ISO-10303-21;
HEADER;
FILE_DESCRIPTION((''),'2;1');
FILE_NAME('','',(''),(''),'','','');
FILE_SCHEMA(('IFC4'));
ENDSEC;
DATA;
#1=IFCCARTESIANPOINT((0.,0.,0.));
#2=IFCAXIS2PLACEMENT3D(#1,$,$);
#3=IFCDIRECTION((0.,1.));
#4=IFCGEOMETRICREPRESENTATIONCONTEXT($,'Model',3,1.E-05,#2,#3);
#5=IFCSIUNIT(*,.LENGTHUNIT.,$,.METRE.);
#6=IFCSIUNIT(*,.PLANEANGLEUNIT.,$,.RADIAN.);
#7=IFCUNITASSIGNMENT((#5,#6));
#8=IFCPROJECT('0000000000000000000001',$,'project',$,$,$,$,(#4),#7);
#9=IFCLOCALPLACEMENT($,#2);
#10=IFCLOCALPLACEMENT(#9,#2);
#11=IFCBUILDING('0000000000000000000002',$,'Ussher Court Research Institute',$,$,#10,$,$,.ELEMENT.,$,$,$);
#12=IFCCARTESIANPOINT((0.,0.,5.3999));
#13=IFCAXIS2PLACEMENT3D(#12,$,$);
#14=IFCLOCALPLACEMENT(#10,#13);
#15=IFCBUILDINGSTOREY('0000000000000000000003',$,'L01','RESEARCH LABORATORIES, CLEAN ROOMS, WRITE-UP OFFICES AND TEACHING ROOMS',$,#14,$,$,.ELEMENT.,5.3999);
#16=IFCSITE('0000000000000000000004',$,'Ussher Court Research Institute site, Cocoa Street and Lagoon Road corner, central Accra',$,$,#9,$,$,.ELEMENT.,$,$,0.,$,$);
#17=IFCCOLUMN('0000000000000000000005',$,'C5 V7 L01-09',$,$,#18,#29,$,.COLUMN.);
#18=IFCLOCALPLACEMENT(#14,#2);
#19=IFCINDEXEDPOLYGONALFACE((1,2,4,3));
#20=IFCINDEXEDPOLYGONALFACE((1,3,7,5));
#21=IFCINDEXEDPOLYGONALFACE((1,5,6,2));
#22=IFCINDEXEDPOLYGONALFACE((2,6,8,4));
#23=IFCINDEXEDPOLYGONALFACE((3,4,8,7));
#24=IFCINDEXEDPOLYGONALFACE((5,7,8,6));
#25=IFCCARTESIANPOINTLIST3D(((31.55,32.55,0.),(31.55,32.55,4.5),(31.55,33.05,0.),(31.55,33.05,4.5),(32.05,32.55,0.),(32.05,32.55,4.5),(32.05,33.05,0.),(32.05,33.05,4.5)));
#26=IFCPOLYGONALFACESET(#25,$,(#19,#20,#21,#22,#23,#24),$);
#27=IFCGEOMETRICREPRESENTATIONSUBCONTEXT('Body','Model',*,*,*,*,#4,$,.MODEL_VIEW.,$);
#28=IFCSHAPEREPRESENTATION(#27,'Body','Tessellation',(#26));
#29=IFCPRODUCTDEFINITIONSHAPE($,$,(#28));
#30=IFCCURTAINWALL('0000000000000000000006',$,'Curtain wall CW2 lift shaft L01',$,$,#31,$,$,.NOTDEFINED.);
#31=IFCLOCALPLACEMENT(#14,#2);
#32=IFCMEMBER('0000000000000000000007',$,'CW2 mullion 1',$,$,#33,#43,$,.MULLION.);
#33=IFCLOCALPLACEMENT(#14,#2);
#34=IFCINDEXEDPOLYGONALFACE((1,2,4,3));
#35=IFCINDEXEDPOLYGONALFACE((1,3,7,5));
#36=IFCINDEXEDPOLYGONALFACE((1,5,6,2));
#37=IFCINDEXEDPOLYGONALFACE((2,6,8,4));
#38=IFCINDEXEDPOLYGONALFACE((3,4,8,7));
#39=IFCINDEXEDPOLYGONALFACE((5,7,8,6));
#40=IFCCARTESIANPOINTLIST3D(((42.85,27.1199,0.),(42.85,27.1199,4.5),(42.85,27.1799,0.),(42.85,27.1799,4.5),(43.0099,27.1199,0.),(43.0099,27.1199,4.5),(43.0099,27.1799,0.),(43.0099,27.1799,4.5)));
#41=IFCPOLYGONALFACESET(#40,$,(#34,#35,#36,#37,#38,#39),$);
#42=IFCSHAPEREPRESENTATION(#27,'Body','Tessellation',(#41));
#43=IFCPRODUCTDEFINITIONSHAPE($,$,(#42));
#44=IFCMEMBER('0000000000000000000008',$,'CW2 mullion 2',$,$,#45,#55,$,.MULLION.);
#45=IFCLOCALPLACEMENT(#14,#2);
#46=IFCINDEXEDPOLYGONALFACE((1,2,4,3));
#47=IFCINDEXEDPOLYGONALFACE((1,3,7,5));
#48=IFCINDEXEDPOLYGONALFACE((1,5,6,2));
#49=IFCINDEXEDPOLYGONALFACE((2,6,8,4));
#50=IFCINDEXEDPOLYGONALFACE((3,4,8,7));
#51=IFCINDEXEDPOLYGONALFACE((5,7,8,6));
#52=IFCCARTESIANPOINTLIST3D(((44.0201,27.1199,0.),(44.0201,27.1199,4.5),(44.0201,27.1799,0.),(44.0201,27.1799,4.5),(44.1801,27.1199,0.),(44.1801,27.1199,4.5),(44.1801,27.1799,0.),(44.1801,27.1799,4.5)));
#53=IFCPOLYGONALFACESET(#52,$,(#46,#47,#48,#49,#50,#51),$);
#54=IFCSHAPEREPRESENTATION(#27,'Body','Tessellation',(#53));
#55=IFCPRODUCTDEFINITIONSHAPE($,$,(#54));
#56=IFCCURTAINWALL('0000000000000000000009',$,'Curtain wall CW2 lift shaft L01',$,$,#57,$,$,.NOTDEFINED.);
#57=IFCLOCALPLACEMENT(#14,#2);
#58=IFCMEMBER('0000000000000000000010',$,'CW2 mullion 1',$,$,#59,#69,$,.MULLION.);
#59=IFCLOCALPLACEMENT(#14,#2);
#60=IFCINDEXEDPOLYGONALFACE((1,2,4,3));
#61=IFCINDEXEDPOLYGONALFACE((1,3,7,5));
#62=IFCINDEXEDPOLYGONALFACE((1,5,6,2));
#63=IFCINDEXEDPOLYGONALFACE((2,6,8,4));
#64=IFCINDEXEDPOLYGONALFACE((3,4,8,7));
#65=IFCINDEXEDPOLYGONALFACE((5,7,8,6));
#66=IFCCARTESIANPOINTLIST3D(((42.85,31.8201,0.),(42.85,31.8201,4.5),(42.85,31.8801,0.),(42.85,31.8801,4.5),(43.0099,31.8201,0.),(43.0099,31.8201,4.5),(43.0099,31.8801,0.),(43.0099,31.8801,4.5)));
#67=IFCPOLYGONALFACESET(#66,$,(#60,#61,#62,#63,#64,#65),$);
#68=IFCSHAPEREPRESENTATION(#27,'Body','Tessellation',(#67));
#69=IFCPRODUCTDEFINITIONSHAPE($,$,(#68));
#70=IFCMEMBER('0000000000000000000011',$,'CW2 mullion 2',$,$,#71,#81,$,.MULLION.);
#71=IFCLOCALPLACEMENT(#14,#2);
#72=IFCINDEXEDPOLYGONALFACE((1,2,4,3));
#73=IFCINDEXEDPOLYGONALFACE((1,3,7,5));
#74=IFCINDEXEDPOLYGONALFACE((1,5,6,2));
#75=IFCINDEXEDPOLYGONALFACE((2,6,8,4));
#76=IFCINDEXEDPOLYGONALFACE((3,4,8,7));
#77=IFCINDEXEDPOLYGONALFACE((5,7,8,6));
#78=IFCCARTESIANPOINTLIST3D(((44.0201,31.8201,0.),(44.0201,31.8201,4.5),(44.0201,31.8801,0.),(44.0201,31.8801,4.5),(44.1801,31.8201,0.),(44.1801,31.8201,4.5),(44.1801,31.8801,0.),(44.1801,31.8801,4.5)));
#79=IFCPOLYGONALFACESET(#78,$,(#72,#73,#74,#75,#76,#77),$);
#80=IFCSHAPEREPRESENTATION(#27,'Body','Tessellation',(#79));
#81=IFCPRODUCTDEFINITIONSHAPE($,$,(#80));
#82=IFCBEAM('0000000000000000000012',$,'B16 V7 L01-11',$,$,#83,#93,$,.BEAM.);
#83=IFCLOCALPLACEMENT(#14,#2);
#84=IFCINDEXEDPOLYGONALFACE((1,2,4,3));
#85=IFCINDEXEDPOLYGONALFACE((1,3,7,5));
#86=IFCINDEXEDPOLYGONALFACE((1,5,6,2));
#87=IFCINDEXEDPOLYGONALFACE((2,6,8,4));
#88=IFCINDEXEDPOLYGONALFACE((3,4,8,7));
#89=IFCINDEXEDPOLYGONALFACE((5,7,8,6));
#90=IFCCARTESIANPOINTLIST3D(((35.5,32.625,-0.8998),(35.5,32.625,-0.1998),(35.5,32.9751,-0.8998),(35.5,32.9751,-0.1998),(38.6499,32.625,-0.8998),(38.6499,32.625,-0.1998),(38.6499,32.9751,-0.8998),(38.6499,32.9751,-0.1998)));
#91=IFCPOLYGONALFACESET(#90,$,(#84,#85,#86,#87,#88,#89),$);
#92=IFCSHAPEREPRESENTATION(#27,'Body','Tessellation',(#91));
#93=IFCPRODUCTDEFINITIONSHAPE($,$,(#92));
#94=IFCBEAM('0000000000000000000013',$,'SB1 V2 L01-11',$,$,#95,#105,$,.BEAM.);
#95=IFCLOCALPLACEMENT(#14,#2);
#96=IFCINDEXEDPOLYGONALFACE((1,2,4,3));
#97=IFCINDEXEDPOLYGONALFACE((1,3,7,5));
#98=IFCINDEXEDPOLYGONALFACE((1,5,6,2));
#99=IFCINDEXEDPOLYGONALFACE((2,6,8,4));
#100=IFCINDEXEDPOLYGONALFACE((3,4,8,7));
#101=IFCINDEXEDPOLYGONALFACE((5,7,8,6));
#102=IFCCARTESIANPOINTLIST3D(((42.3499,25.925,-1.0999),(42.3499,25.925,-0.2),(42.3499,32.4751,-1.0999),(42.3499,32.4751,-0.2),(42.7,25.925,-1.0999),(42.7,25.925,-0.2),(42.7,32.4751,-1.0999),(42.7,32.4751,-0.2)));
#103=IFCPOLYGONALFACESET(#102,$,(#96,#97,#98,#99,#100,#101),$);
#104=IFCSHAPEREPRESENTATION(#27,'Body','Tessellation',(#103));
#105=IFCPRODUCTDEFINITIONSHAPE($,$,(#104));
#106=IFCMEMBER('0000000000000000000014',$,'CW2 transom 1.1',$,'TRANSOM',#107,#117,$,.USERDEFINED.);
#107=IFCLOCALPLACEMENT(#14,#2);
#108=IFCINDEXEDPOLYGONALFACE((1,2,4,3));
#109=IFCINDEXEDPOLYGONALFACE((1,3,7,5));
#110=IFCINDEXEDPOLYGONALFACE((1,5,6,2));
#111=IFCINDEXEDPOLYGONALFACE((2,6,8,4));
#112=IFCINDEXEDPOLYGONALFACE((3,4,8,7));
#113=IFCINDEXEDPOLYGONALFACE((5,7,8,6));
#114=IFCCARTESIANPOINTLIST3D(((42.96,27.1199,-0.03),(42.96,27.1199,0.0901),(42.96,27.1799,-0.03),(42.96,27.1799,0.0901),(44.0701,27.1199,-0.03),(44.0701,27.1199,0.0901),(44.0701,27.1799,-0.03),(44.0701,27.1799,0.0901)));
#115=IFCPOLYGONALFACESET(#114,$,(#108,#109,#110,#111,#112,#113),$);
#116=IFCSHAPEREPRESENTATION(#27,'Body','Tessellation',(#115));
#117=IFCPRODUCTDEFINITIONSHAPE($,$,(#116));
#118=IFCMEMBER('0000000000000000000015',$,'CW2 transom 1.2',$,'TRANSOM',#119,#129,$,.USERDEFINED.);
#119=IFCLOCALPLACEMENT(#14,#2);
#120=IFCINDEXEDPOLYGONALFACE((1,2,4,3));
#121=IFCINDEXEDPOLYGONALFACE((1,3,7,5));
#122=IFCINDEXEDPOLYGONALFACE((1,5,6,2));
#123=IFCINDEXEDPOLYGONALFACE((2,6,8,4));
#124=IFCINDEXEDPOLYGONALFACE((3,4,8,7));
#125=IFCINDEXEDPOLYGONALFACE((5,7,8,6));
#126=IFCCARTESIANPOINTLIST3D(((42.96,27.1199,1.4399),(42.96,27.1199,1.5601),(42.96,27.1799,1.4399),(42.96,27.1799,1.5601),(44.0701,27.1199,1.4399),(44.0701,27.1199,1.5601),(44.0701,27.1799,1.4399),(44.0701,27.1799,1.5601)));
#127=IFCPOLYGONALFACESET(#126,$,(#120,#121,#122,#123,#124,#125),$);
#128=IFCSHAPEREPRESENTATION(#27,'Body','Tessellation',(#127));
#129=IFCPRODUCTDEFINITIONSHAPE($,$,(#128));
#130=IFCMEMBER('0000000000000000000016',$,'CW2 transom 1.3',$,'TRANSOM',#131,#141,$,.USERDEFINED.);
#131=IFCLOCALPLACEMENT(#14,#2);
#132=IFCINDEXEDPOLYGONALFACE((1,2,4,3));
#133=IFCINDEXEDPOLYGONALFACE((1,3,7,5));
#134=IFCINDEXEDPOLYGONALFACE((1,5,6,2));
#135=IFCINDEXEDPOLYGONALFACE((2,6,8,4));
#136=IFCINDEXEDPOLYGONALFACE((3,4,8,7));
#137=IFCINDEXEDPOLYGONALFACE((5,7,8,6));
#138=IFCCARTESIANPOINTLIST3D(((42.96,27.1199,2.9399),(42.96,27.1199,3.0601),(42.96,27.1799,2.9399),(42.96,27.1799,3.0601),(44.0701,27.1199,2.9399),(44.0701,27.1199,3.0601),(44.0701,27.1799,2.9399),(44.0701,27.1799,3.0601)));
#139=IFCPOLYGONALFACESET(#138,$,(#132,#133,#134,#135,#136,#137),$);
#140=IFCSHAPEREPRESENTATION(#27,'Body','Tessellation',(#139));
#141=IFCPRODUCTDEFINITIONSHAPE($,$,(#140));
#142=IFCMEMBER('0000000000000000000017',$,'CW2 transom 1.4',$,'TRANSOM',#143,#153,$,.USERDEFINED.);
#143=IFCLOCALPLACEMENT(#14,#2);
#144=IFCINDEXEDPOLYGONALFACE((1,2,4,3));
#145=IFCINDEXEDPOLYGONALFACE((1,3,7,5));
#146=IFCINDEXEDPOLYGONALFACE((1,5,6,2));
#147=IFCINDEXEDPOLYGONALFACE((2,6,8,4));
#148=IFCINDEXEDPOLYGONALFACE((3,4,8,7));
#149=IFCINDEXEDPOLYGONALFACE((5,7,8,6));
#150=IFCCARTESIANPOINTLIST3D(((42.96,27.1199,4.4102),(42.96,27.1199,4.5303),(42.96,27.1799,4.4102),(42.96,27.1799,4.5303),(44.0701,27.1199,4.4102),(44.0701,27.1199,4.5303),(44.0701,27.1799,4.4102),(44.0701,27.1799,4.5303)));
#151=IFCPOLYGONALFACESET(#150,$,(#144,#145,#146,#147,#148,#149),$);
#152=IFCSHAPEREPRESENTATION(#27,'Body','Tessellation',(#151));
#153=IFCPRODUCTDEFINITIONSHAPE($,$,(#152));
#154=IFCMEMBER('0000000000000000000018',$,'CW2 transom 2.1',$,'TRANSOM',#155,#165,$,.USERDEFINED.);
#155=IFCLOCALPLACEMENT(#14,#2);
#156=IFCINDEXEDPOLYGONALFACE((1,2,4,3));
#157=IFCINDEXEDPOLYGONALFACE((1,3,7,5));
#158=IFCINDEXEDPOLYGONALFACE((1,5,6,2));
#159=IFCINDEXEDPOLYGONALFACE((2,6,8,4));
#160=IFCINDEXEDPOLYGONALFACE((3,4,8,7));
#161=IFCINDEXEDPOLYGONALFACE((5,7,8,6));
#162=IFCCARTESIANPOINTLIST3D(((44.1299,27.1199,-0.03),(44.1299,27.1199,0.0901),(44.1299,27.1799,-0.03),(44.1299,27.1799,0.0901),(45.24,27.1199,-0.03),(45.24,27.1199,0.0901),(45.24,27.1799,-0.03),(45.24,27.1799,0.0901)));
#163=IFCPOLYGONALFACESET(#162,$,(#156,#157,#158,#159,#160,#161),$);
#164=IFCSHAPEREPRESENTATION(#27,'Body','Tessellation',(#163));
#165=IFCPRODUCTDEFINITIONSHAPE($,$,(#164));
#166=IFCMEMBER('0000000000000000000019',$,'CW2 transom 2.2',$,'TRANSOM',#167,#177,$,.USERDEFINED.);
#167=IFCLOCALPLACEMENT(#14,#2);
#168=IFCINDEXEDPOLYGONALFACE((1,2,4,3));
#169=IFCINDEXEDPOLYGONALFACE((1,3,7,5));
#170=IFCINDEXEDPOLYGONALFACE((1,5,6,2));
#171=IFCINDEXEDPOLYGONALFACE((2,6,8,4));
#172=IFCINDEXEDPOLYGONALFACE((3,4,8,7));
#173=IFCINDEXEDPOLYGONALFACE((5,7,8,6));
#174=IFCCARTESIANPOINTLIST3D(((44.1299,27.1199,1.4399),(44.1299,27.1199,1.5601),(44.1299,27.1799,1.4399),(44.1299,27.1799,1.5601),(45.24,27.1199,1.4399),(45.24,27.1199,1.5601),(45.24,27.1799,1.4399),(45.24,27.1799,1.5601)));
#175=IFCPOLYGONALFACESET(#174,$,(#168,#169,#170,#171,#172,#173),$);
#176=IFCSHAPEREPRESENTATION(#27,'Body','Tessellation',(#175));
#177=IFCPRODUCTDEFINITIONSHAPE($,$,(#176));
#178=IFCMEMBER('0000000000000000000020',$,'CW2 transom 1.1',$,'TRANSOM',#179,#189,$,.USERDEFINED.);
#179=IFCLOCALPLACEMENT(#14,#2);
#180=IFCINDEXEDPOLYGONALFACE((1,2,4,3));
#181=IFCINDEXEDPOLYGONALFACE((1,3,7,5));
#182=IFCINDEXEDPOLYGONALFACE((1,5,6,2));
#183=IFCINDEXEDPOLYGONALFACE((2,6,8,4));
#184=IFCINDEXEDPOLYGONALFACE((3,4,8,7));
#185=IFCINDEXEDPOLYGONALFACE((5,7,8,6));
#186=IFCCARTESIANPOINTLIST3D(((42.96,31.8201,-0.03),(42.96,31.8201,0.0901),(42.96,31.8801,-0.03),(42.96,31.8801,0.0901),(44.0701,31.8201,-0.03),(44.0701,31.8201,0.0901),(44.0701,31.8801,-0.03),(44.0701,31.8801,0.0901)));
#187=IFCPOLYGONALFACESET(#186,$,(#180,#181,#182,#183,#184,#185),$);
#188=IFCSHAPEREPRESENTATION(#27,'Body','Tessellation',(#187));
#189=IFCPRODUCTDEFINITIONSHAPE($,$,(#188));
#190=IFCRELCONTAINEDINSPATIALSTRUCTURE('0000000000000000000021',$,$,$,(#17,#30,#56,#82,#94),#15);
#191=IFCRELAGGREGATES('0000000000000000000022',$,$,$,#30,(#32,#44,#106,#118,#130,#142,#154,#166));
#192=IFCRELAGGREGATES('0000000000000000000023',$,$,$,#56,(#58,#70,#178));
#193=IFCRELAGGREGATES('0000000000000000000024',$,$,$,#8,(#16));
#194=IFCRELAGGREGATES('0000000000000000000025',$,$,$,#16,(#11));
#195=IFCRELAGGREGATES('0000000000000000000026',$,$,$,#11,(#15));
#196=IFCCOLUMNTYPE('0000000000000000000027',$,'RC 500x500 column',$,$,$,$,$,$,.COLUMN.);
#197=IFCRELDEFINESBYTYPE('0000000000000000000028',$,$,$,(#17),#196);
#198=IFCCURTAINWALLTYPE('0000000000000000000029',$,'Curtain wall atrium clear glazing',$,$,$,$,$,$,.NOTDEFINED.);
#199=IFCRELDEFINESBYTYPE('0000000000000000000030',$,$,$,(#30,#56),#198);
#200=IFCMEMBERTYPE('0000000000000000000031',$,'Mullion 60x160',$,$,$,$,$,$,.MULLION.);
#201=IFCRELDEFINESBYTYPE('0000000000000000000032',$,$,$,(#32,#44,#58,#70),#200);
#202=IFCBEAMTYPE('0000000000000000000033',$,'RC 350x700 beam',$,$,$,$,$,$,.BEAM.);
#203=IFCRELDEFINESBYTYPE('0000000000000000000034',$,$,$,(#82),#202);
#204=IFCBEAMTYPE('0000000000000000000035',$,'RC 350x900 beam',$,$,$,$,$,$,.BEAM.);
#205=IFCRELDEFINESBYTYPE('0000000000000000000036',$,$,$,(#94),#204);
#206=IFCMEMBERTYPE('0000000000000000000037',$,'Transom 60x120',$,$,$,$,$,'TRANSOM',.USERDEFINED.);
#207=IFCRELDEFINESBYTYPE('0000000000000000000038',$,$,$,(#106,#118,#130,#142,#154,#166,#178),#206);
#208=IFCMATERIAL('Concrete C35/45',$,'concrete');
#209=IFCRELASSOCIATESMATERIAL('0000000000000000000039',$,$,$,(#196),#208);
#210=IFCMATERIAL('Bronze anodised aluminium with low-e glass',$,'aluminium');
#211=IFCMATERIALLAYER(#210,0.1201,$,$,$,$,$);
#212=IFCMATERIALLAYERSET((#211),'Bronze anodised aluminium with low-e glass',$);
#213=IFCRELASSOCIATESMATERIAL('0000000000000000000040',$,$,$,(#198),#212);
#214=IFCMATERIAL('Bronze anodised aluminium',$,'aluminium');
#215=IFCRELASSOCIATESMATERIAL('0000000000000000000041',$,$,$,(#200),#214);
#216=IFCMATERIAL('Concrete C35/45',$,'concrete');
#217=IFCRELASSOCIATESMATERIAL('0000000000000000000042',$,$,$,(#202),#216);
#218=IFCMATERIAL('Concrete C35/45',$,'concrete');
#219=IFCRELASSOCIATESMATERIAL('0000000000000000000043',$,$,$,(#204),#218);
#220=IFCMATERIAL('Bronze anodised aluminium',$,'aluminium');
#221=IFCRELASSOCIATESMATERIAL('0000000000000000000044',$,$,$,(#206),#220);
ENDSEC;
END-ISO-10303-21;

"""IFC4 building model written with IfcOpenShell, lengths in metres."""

from ifc_helpers import new_model, si_unit, direction, frame, origin, origin_2d, place, context, subcontext, project, spatial, rectangle, extrude, material, layer, layer_set, material_profile, profile_set, type_object, element, aggregate, save


model = new_model("IFC4")

# Units and contexts
model_context = context("Model", 3, precision=1e-05, world=origin(), true_north=direction((0.0, 1.0)))
body_context = subcontext(model_context, "Body", "Model", "MODEL_VIEW")
ifc_project = project(units=[si_unit("LENGTHUNIT", "METRE"), si_unit("PLANEANGLEUNIT", "RADIAN")], contexts=[model_context])

# Site, building, storey
site_placement = place(None, origin())
site = spatial("IfcSite", under=ifc_project, at=site_placement, Name="Ussher Court Research Institute site, Cocoa Street and Lagoon Road corner, central Accra", CompositionType="ELEMENT", RefElevation=0.0)
building_placement = place(site_placement, origin())
building = spatial("IfcBuilding", under=site, at=building_placement, Name="Ussher Court Research Institute", CompositionType="ELEMENT")
storey_placement = place(building_placement, frame((0.0, 0.0, 5.3999)))
storey = spatial("IfcBuildingStorey", under=building, at=storey_placement, Name="L01", Description="RESEARCH LABORATORIES, CLEAN ROOMS, WRITE-UP OFFICES AND TEACHING ROOMS", CompositionType="ELEMENT", Elevation=5.3999)

# Column
ifc_material_1 = material(Name="Concrete C35/45", Category="concrete")
ifc_material_profile_1 = material_profile(ifc_material_1, rectangle(XDim=0.5, YDim=0.5, at=origin_2d()), Name="RC 500x500")
ifc_profile_set_1 = profile_set([ifc_material_profile_1], Name="Concrete C35/45")
column_type = type_object("IfcColumnType", Name="RC 500x500 column", PredefinedType="COLUMN", material=ifc_profile_set_1)
column_placement = place(storey_placement, frame((31.8, 32.8, 0.0), z_axis=(0.0, 0.0, 1.0), x_axis=(1.0, 0.0, 0.0)))
element("IfcColumn", 1, at=column_placement, inside=storey, type_object=column_type, Name="C5 V7 L01-09", PredefinedType="COLUMN", context=body_context, shape_type="SweptSolid", body=[
    extrude(rectangle(XDim=0.5, YDim=0.5, at=origin_2d()), origin(), (0.0, 0.0, 1.0), 4.5),
])

# Curtain walls, members
ifc_material_2 = material(Name="Bronze anodised aluminium with low-e glass", Category="aluminium")
ifc_layer_1 = layer(ifc_material_2, 0.1201)
ifc_layer_set_1 = layer_set([ifc_layer_1], Name="Bronze anodised aluminium with low-e glass")
curtain_wall_type = type_object("IfcCurtainWallType", Name="Curtain wall atrium clear glazing", PredefinedType="NOTDEFINED", material=ifc_layer_set_1)
curtain_wall_1_placement = place(storey_placement, origin())
curtain_wall_1 = element("IfcCurtainWall", 2, at=curtain_wall_1_placement, inside=storey, type_object=curtain_wall_type, Name="Curtain wall CW2 lift shaft L01", PredefinedType="NOTDEFINED")
ifc_material_3 = material(Name="Bronze anodised aluminium", Category="aluminium")
ifc_material_profile_2 = material_profile(ifc_material_3, rectangle(XDim=0.0601, YDim=0.1599, at=origin_2d()), Name="Mullion 60x160")
ifc_profile_set_2 = profile_set([ifc_material_profile_2], Name="Bronze anodised aluminium")
member_type_1 = type_object("IfcMemberType", Name="Mullion 60x160", PredefinedType="MULLION", material=ifc_profile_set_2)
member_1_placement = place(storey_placement, frame((42.9299, 27.1499, 0.0), z_axis=(0.0, 0.0, 1.0), x_axis=(0.0, 1.0, 0.0)))
member_1 = element("IfcMember", 3, at=member_1_placement, type_object=member_type_1, Name="CW2 mullion 1", PredefinedType="MULLION", context=body_context, shape_type="SweptSolid", body=[
    extrude(rectangle(XDim=0.0601, YDim=0.1599, at=origin_2d()), origin(), (0.0, 0.0, 1.0), 4.5),
])
member_2_placement = place(storey_placement, frame((44.1001, 27.1499, 0.0), z_axis=(0.0, 0.0, 1.0), x_axis=(0.0, 1.0, 0.0)))
member_2 = element("IfcMember", 4, at=member_2_placement, type_object=member_type_1, Name="CW2 mullion 2", PredefinedType="MULLION", context=body_context, shape_type="SweptSolid", body=[
    extrude(rectangle(XDim=0.0601, YDim=0.1599, at=origin_2d()), origin(), (0.0, 0.0, 1.0), 4.5),
])
curtain_wall_2_placement = place(storey_placement, origin())
curtain_wall_2 = element("IfcCurtainWall", 5, at=curtain_wall_2_placement, inside=storey, type_object=curtain_wall_type, Name="Curtain wall CW2 lift shaft L01", PredefinedType="NOTDEFINED")
member_3_placement = place(storey_placement, frame((42.9299, 31.8501, 0.0), z_axis=(0.0, 0.0, 1.0), x_axis=(0.0, 1.0, 0.0)))
member_3 = element("IfcMember", 6, at=member_3_placement, type_object=member_type_1, Name="CW2 mullion 1", PredefinedType="MULLION", context=body_context, shape_type="SweptSolid", body=[
    extrude(rectangle(XDim=0.0601, YDim=0.1599, at=origin_2d()), origin(), (0.0, 0.0, 1.0), 4.5),
])
member_4_placement = place(storey_placement, frame((44.1001, 31.8501, 0.0), z_axis=(0.0, 0.0, 1.0), x_axis=(0.0, 1.0, 0.0)))
member_4 = element("IfcMember", 7, at=member_4_placement, type_object=member_type_1, Name="CW2 mullion 2", PredefinedType="MULLION", context=body_context, shape_type="SweptSolid", body=[
    extrude(rectangle(XDim=0.0601, YDim=0.1599, at=origin_2d()), origin(), (0.0, 0.0, 1.0), 4.5),
])

# Beams
ifc_material_4 = material(Name="Concrete C35/45", Category="concrete")
ifc_material_profile_3 = material_profile(ifc_material_4, rectangle(XDim=0.3501, YDim=0.7, at=origin_2d()), Name="RC 350x700")
ifc_profile_set_3 = profile_set([ifc_material_profile_3], Name="Concrete C35/45")
beam_type_1 = type_object("IfcBeamType", Name="RC 350x700 beam", PredefinedType="BEAM", material=ifc_profile_set_3)
beam_1_placement = place(storey_placement, frame((35.5, 32.8, -0.5498), z_axis=(1.0, 0.0, 0.0), x_axis=(0.0, 1.0, 0.0)))
element("IfcBeam", 8, at=beam_1_placement, inside=storey, type_object=beam_type_1, Name="B16 V7 L01-11", PredefinedType="BEAM", context=body_context, shape_type="SweptSolid", body=[
    extrude(rectangle(XDim=0.3501, YDim=0.7, at=origin_2d()), origin(), (0.0, 0.0, 1.0), 3.1499),
])
ifc_material_5 = material(Name="Concrete C35/45", Category="concrete")
ifc_material_profile_4 = material_profile(ifc_material_5, rectangle(XDim=0.3501, YDim=0.8999, at=origin_2d()), Name="RC 350x900")
ifc_profile_set_4 = profile_set([ifc_material_profile_4], Name="Concrete C35/45")
beam_type_2 = type_object("IfcBeamType", Name="RC 350x900 beam", PredefinedType="BEAM", material=ifc_profile_set_4)
beam_2_placement = place(storey_placement, frame((42.5249, 25.925, -0.6499), z_axis=(0.0, 1.0, 0.0), x_axis=(-1.0, 0.0, 0.0)))
element("IfcBeam", 9, at=beam_2_placement, inside=storey, type_object=beam_type_2, Name="SB1 V2 L01-11", PredefinedType="BEAM", context=body_context, shape_type="SweptSolid", body=[
    extrude(rectangle(XDim=0.3501, YDim=0.8999, at=origin_2d()), origin(), (0.0, 0.0, 1.0), 6.55),
])

# Members
ifc_material_6 = material(Name="Bronze anodised aluminium", Category="aluminium")
ifc_material_profile_5 = material_profile(ifc_material_6, rectangle(XDim=0.0601, YDim=0.1201, at=origin_2d()), Name="Transom 60x120")
ifc_profile_set_5 = profile_set([ifc_material_profile_5], Name="Bronze anodised aluminium")
member_type_2 = type_object("IfcMemberType", Name="Transom 60x120", ElementType="TRANSOM", PredefinedType="USERDEFINED", material=ifc_profile_set_5)
member_5_placement = place(storey_placement, frame((42.96, 27.1499, 0.03), z_axis=(1.0, 0.0, 0.0), x_axis=(0.0, 1.0, 0.0)))
member_5 = element("IfcMember", 10, at=member_5_placement, type_object=member_type_2, Name="CW2 transom 1.1", ObjectType="TRANSOM", PredefinedType="USERDEFINED", context=body_context, shape_type="SweptSolid", body=[
    extrude(rectangle(XDim=0.0601, YDim=0.1201, at=origin_2d()), origin(), (0.0, 0.0, 1.0), 1.1101),
])
member_6_placement = place(storey_placement, frame((42.96, 27.1499, 1.5), z_axis=(1.0, 0.0, 0.0), x_axis=(0.0, 1.0, 0.0)))
member_6 = element("IfcMember", 11, at=member_6_placement, type_object=member_type_2, Name="CW2 transom 1.2", ObjectType="TRANSOM", PredefinedType="USERDEFINED", context=body_context, shape_type="SweptSolid", body=[
    extrude(rectangle(XDim=0.0601, YDim=0.1201, at=origin_2d()), origin(), (0.0, 0.0, 1.0), 1.1101),
])
member_7_placement = place(storey_placement, frame((42.96, 27.1499, 3.0), z_axis=(1.0, 0.0, 0.0), x_axis=(0.0, 1.0, 0.0)))
member_7 = element("IfcMember", 12, at=member_7_placement, type_object=member_type_2, Name="CW2 transom 1.3", ObjectType="TRANSOM", PredefinedType="USERDEFINED", context=body_context, shape_type="SweptSolid", body=[
    extrude(rectangle(XDim=0.0601, YDim=0.1201, at=origin_2d()), origin(), (0.0, 0.0, 1.0), 1.1101),
])
member_8_placement = place(storey_placement, frame((42.96, 27.1499, 4.4702), z_axis=(1.0, 0.0, 0.0), x_axis=(0.0, 1.0, 0.0)))
member_8 = element("IfcMember", 13, at=member_8_placement, type_object=member_type_2, Name="CW2 transom 1.4", ObjectType="TRANSOM", PredefinedType="USERDEFINED", context=body_context, shape_type="SweptSolid", body=[
    extrude(rectangle(XDim=0.0601, YDim=0.1201, at=origin_2d()), origin(), (0.0, 0.0, 1.0), 1.1101),
])
member_9_placement = place(storey_placement, frame((44.1299, 27.1499, 0.03), z_axis=(1.0, 0.0, 0.0), x_axis=(0.0, 1.0, 0.0)))
member_9 = element("IfcMember", 14, at=member_9_placement, type_object=member_type_2, Name="CW2 transom 2.1", ObjectType="TRANSOM", PredefinedType="USERDEFINED", context=body_context, shape_type="SweptSolid", body=[
    extrude(rectangle(XDim=0.0601, YDim=0.1201, at=origin_2d()), origin(), (0.0, 0.0, 1.0), 1.1101),
])
member_10_placement = place(storey_placement, frame((44.1299, 27.1499, 1.5), z_axis=(1.0, 0.0, 0.0), x_axis=(0.0, 1.0, 0.0)))
member_10 = element("IfcMember", 15, at=member_10_placement, type_object=member_type_2, Name="CW2 transom 2.2", ObjectType="TRANSOM", PredefinedType="USERDEFINED", context=body_context, shape_type="SweptSolid", body=[
    extrude(rectangle(XDim=0.0601, YDim=0.1201, at=origin_2d()), origin(), (0.0, 0.0, 1.0), 1.1101),
])
member_11_placement = place(storey_placement, frame((42.96, 31.8501, 0.03), z_axis=(1.0, 0.0, 0.0), x_axis=(0.0, 1.0, 0.0)))
member_11 = element("IfcMember", 16, at=member_11_placement, type_object=member_type_2, Name="CW2 transom 1.1", ObjectType="TRANSOM", PredefinedType="USERDEFINED", context=body_context, shape_type="SweptSolid", body=[
    extrude(rectangle(XDim=0.0601, YDim=0.1201, at=origin_2d()), origin(), (0.0, 0.0, 1.0), 1.1101),
])

aggregate(curtain_wall_1, [member_1, member_2, member_5, member_6, member_7, member_8, member_9, member_10])
aggregate(curtain_wall_2, [member_3, member_4, member_11])

save(model, "model.ifc")
